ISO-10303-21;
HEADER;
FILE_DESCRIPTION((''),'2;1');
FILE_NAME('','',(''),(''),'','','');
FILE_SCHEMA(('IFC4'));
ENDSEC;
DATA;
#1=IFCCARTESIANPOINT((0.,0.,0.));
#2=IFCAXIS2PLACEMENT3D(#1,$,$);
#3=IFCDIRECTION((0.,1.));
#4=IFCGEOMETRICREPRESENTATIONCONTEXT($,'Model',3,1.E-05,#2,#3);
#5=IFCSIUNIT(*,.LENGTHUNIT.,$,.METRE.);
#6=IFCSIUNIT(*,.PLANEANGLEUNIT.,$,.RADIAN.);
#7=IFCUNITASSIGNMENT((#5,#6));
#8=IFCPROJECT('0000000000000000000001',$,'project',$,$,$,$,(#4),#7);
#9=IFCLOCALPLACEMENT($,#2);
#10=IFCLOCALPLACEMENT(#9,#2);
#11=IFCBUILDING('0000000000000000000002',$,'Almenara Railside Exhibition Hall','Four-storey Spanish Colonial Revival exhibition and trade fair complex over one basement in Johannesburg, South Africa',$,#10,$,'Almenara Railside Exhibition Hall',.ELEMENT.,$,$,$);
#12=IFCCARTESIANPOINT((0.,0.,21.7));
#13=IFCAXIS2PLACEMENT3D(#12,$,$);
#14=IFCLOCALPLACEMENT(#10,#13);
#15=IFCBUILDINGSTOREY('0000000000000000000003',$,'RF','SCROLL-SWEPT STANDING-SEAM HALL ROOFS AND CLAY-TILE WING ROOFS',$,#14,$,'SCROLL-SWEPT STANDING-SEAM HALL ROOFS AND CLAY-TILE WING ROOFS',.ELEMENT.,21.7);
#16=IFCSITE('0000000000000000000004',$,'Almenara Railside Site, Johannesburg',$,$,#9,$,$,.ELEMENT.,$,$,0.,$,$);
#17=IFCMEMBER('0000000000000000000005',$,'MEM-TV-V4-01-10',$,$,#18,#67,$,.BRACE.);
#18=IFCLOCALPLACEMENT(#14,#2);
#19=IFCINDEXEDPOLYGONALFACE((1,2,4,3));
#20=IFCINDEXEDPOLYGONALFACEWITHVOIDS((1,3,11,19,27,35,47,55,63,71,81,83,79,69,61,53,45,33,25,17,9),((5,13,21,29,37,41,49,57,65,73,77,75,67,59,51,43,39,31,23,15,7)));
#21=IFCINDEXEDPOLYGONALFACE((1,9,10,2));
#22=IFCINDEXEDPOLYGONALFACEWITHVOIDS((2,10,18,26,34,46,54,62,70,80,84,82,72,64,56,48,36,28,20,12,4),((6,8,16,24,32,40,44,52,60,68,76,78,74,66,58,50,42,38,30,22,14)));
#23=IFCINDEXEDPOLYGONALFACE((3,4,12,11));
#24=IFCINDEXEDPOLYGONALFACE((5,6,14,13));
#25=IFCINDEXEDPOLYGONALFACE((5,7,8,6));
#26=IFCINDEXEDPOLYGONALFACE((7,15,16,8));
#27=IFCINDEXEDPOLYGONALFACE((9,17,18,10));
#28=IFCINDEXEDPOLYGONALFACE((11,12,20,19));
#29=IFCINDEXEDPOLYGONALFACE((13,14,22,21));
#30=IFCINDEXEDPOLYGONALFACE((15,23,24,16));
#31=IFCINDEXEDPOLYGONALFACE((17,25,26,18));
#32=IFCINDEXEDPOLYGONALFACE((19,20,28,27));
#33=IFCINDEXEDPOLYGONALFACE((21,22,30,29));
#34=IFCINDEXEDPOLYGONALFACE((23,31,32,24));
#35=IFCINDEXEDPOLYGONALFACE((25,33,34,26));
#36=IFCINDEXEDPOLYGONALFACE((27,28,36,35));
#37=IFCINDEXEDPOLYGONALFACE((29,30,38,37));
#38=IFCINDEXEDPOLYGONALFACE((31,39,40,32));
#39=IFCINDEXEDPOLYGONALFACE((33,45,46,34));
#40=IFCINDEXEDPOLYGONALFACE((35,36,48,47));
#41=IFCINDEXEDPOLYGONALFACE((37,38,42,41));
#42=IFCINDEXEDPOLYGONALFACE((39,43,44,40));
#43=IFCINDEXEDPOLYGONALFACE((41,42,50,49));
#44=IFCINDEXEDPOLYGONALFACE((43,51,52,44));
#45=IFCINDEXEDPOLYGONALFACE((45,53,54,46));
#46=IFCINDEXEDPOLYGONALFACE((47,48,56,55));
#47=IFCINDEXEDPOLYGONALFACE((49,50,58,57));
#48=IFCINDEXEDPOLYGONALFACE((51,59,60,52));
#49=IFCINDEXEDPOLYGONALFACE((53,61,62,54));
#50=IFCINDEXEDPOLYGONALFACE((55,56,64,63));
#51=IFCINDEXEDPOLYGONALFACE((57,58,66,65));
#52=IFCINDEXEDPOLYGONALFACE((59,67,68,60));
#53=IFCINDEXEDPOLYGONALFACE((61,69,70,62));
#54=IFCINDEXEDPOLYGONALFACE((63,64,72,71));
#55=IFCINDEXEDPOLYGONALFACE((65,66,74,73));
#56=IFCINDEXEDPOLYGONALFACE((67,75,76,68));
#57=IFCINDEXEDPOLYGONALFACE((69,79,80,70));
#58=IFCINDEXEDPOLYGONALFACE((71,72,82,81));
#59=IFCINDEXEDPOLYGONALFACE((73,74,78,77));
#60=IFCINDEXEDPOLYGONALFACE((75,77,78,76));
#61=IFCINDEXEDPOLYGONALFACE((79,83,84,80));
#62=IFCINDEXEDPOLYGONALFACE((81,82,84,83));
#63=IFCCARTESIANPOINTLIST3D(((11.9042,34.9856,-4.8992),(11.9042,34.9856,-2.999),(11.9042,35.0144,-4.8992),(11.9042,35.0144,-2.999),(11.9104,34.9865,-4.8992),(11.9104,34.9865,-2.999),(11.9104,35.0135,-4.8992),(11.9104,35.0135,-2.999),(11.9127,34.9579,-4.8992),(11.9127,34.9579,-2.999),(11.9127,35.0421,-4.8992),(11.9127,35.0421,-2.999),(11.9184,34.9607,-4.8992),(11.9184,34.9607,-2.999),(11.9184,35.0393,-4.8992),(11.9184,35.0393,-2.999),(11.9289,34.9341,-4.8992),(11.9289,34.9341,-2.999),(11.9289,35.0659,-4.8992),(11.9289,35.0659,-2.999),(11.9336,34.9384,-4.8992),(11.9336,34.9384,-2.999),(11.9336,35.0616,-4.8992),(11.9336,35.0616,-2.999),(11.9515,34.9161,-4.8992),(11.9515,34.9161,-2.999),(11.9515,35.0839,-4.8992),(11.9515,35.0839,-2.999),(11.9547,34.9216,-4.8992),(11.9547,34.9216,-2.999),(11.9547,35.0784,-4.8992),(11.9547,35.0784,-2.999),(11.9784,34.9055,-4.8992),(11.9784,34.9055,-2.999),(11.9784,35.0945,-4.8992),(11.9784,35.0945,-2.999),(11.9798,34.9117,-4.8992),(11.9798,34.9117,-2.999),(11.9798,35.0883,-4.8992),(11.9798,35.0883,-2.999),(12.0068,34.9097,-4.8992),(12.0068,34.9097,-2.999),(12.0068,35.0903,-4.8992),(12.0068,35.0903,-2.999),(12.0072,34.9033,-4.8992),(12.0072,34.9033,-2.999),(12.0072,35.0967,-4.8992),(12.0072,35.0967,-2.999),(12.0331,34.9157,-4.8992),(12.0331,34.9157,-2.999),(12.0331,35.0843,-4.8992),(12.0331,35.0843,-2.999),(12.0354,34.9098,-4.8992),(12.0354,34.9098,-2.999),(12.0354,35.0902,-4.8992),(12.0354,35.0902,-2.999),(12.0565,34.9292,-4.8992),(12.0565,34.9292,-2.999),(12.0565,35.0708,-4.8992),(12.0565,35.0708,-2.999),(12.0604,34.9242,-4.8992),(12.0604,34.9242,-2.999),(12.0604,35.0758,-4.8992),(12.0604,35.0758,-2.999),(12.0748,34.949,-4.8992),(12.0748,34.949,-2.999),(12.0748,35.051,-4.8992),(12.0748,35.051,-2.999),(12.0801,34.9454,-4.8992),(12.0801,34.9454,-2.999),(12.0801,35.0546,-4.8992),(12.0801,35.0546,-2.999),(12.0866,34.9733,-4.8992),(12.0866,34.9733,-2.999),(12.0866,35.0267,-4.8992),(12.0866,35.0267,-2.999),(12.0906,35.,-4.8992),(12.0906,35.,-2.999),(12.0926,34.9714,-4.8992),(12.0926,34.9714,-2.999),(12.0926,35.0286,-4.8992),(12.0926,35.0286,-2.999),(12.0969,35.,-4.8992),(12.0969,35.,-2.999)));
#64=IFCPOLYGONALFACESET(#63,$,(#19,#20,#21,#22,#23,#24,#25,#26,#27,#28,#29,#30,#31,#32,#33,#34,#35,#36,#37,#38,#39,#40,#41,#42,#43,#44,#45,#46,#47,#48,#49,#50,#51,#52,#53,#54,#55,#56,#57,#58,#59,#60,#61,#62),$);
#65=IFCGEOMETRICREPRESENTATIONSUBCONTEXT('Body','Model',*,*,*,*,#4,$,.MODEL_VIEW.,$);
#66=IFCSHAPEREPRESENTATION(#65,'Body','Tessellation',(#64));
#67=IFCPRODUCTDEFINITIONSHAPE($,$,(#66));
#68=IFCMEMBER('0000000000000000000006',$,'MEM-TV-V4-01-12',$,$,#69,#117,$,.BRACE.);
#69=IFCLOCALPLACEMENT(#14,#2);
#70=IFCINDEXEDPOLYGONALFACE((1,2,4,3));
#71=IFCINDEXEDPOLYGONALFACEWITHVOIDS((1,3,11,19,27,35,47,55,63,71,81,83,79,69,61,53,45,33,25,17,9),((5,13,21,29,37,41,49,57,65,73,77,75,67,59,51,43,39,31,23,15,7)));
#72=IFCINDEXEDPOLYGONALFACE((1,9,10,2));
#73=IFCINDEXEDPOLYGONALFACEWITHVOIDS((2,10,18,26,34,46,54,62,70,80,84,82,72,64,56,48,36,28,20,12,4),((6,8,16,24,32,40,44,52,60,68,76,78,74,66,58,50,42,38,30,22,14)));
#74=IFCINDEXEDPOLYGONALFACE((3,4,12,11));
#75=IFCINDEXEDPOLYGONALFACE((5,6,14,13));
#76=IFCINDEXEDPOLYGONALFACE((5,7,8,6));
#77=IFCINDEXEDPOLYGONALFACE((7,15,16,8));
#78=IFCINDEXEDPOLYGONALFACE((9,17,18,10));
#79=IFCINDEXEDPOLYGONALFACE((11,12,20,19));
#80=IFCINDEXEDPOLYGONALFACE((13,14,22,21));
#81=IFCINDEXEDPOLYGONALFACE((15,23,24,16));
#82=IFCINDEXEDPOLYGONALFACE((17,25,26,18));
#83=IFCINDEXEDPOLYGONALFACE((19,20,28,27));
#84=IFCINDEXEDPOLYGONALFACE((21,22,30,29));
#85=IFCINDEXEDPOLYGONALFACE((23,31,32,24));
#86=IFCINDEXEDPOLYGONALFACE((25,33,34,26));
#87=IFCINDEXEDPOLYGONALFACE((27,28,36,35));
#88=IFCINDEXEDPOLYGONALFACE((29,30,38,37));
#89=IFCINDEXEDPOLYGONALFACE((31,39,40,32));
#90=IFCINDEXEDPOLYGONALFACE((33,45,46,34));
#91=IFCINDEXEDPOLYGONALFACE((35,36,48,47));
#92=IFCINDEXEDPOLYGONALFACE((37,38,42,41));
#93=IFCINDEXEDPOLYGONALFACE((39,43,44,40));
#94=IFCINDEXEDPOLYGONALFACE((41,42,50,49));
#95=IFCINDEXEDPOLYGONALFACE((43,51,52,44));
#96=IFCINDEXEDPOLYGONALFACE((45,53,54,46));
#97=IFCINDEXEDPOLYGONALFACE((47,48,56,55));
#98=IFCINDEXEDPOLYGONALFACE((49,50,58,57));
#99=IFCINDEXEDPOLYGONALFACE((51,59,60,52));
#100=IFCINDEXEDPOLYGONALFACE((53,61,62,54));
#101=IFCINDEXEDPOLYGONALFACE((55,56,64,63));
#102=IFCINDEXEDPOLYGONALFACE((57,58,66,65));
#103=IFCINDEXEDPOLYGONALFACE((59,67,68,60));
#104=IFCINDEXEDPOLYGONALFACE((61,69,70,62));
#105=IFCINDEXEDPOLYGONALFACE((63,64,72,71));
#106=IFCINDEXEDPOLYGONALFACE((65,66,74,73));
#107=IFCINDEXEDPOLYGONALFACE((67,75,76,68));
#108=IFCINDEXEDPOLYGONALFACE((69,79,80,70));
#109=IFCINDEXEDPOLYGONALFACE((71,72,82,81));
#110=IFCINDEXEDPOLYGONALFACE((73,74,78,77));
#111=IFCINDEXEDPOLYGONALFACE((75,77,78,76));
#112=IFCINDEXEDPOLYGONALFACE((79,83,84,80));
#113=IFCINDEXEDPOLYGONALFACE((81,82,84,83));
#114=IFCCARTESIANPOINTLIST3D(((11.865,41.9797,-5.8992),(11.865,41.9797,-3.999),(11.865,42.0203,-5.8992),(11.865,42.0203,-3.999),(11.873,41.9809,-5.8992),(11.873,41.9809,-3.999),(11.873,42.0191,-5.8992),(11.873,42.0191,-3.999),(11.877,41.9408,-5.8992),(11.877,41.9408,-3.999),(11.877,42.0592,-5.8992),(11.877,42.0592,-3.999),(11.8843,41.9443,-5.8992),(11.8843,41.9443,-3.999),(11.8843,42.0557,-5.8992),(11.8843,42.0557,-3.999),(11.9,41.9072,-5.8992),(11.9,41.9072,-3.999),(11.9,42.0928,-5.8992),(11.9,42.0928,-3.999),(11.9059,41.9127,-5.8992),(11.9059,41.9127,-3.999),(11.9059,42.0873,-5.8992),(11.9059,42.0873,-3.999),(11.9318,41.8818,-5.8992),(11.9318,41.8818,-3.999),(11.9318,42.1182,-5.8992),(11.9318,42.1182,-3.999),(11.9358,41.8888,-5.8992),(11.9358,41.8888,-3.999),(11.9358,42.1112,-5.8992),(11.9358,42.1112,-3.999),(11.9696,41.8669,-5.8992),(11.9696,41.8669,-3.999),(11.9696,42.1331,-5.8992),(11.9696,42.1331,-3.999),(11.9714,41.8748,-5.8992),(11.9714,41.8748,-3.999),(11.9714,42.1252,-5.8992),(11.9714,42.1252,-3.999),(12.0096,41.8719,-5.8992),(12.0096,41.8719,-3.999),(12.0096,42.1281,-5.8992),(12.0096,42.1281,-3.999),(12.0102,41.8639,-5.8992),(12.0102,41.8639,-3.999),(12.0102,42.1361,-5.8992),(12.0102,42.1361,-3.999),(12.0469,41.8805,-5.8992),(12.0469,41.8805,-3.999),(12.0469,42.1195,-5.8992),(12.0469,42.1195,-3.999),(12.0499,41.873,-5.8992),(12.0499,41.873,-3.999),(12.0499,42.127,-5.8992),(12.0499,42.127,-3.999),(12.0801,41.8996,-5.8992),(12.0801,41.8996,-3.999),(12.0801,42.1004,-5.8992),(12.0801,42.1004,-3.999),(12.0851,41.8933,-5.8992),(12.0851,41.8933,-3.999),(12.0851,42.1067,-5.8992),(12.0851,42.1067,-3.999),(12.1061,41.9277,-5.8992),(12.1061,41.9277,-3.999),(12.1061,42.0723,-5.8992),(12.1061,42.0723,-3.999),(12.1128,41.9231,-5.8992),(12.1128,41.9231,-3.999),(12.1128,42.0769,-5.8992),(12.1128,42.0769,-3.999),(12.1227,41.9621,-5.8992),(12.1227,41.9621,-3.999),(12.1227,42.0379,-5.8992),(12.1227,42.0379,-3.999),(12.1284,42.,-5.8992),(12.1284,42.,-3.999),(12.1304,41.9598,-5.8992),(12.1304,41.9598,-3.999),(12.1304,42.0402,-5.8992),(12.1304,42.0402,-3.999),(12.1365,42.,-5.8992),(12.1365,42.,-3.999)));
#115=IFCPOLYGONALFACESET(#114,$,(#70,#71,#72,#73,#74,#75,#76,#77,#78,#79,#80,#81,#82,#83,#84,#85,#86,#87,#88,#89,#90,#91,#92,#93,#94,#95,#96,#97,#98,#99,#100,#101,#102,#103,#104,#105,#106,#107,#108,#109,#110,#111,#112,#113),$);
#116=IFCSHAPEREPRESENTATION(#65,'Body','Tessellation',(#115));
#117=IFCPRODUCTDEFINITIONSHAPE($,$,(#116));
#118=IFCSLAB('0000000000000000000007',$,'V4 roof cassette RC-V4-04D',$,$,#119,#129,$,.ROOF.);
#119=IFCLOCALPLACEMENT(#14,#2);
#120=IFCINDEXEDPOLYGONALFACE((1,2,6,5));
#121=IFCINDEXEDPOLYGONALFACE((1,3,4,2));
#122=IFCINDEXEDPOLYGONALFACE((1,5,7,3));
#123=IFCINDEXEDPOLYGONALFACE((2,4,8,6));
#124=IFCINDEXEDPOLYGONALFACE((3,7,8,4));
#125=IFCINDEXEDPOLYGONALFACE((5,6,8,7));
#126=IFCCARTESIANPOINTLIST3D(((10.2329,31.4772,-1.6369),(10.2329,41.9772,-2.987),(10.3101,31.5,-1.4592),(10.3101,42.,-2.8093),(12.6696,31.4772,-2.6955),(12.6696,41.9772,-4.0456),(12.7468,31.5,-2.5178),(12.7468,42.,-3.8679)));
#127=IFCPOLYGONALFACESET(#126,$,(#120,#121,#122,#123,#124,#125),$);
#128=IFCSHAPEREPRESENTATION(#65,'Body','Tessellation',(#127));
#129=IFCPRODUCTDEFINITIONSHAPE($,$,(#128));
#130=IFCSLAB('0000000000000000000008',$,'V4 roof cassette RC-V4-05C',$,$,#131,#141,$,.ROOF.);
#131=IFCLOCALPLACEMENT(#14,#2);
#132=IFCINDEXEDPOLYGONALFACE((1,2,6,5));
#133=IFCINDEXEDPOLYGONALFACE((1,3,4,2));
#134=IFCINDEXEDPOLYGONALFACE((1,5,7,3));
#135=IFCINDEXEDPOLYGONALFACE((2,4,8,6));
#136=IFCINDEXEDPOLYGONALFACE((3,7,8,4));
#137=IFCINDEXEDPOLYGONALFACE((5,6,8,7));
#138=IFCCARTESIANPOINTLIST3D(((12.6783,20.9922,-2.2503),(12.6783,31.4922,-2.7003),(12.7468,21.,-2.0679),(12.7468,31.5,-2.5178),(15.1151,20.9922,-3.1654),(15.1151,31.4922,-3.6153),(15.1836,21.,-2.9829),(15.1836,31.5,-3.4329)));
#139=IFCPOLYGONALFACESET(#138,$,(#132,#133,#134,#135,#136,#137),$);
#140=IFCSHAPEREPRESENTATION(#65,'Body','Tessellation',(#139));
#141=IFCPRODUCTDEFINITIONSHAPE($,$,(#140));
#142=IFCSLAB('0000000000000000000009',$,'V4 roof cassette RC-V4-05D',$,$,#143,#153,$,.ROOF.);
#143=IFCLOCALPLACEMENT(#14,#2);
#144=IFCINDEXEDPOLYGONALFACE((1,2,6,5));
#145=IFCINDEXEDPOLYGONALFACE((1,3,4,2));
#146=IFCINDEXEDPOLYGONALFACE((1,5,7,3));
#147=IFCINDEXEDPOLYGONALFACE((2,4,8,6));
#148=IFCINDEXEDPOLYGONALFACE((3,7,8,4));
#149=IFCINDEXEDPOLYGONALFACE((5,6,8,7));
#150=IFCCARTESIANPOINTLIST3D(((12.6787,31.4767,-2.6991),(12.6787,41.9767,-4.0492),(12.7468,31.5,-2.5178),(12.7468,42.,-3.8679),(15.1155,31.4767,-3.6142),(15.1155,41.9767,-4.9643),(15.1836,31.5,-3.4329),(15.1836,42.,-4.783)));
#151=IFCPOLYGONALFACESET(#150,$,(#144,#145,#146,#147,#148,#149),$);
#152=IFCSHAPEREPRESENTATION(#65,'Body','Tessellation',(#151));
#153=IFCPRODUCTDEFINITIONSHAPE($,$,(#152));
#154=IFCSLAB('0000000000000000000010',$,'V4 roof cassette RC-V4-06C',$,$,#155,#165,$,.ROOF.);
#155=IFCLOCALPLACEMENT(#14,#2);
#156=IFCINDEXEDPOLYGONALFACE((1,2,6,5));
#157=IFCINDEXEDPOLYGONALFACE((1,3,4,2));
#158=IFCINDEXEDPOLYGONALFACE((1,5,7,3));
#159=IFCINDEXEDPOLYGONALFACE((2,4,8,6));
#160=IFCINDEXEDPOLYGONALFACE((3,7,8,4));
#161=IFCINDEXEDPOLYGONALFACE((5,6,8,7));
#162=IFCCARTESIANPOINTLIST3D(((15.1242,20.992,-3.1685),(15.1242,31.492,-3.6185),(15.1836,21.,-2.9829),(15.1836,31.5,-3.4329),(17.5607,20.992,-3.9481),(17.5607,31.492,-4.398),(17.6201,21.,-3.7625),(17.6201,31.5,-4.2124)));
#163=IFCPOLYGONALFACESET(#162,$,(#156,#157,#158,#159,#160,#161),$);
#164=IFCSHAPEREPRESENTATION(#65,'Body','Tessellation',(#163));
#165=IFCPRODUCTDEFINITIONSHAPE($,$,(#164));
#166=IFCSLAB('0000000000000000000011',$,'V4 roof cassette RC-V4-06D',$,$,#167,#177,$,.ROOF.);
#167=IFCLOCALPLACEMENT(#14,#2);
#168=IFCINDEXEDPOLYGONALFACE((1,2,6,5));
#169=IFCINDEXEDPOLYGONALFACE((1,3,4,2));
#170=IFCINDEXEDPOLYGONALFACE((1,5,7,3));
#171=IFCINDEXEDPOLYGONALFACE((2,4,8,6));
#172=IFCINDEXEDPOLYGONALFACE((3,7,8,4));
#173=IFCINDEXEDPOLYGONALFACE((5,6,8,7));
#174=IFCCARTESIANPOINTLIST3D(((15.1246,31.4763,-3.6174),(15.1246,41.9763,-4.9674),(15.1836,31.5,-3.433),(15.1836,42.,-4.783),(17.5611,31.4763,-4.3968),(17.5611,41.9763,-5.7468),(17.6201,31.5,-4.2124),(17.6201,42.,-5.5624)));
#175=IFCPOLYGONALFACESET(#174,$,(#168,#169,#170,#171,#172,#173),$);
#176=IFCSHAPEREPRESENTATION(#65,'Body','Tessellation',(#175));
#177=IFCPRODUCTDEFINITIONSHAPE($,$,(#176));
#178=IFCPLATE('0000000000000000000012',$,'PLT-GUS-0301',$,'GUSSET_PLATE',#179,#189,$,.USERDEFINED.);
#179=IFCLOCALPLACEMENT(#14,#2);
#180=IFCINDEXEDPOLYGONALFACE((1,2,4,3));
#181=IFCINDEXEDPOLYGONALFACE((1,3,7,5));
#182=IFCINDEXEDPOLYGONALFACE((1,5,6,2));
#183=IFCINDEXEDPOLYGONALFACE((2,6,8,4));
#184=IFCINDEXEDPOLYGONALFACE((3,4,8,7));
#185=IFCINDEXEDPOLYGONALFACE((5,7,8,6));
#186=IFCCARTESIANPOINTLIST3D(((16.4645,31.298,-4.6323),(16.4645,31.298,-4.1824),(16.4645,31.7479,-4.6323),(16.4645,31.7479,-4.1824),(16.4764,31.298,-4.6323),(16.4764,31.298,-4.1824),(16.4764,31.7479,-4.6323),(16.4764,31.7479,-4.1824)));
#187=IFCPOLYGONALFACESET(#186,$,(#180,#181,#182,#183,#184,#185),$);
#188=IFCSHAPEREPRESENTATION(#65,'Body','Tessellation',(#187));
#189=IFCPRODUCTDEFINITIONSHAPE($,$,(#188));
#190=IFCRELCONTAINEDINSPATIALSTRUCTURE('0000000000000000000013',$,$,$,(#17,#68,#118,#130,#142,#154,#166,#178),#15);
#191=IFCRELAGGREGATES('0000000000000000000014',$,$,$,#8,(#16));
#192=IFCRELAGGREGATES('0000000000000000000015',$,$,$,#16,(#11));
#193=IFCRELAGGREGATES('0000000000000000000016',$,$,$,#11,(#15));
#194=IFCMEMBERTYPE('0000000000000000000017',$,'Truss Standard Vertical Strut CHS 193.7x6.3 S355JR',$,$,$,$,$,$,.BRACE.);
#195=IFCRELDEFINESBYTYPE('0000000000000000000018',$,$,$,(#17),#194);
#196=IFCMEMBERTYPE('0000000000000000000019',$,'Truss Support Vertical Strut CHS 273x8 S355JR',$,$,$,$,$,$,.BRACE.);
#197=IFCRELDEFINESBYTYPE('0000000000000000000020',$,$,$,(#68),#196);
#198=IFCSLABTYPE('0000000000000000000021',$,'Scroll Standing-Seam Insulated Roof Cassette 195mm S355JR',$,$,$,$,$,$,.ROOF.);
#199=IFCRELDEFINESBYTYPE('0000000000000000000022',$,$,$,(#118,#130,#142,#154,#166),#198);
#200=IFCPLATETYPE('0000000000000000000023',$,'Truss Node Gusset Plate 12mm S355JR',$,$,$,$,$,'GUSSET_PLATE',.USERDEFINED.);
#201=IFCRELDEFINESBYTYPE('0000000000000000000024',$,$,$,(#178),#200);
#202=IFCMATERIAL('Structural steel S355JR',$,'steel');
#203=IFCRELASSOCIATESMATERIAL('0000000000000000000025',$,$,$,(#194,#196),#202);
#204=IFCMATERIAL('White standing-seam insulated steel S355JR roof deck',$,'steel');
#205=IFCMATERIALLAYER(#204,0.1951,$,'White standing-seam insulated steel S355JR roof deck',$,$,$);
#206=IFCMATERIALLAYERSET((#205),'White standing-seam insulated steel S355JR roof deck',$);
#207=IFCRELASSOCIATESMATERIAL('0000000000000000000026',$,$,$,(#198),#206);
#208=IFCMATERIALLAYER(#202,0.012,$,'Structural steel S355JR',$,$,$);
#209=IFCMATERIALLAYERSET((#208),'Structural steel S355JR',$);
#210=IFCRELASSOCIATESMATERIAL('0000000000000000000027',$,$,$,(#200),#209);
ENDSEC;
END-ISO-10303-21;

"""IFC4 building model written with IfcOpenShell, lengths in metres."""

from ifc_helpers import new_model, si_unit, direction, frame, origin, origin_2d, place, context, subcontext, project, spatial, polyline, rectangle, hollow_circle, outline, extrude, material, layer, layer_set, material_profile, profile_set, type_object, element, save


model = new_model("IFC4")

# Units and contexts
model_context = context("Model", 3, precision=1e-05, world=origin(), true_north=direction((0.0, 1.0)))
body_context = subcontext(model_context, "Body", "Model", "MODEL_VIEW")
ifc_project = project(units=[si_unit("LENGTHUNIT", "METRE"), si_unit("PLANEANGLEUNIT", "RADIAN")], contexts=[model_context])

# Site, building, storey
site_placement = place(None, origin())
site = spatial("IfcSite", under=ifc_project, at=site_placement, Name="Almenara Railside Site, Johannesburg", CompositionType="ELEMENT", RefElevation=0.0)
building_placement = place(site_placement, origin())
building = spatial("IfcBuilding", under=site, at=building_placement, Name="Almenara Railside Exhibition Hall", Description="Four-storey Spanish Colonial Revival exhibition and trade fair complex over one basement in Johannesburg, South Africa", LongName="Almenara Railside Exhibition Hall", CompositionType="ELEMENT")
storey_placement = place(building_placement, frame((0.0, 0.0, 21.7)))
storey = spatial("IfcBuildingStorey", under=building, at=storey_placement, Name="RF", Description="SCROLL-SWEPT STANDING-SEAM HALL ROOFS AND CLAY-TILE WING ROOFS", LongName="SCROLL-SWEPT STANDING-SEAM HALL ROOFS AND CLAY-TILE WING ROOFS", CompositionType="ELEMENT", Elevation=21.7)

# Shared definitions
ifc_material_1 = material(Name="Structural steel S355JR", Category="steel")

# Members
ifc_material_profile_1 = material_profile(ifc_material_1, hollow_circle(Radius=0.0969, WallThickness=0.0063, at=origin_2d()), Name="CHS 193.7x6.3")
ifc_profile_set_1 = profile_set([ifc_material_profile_1], Name="Structural steel S355JR")
member_type_1 = type_object("IfcMemberType", Name="Truss Standard Vertical Strut CHS 193.7x6.3 S355JR", PredefinedType="BRACE", material=ifc_profile_set_1)
member_1_placement = place(storey_placement, frame((12.0, 35.0, -4.8992), z_axis=(0.0, 0.0, 1.0), x_axis=(1.0, 0.0, 0.0)))
element("IfcMember", 1, at=member_1_placement, inside=storey, type_object=member_type_1, Name="MEM-TV-V4-01-10", PredefinedType="BRACE", context=body_context, shape_type="SweptSolid", body=[
    extrude(hollow_circle(Radius=0.0969, WallThickness=0.0063, at=origin_2d()), origin(), (0.0, 0.0, 1.0), 1.9001),
])
ifc_material_profile_2 = material_profile(ifc_material_1, hollow_circle(Radius=0.1365, WallThickness=0.0081, at=origin_2d()), Name="CHS 273x8")
ifc_profile_set_2 = profile_set([ifc_material_profile_2], Name="Structural steel S355JR")
member_type_2 = type_object("IfcMemberType", Name="Truss Support Vertical Strut CHS 273x8 S355JR", PredefinedType="BRACE", material=ifc_profile_set_2)
member_2_placement = place(storey_placement, frame((12.0, 42.0, -5.8992), z_axis=(0.0, 0.0, 1.0), x_axis=(1.0, 0.0, 0.0)))
element("IfcMember", 2, at=member_2_placement, inside=storey, type_object=member_type_2, Name="MEM-TV-V4-01-12", PredefinedType="BRACE", context=body_context, shape_type="SweptSolid", body=[
    extrude(hollow_circle(Radius=0.1365, WallThickness=0.0081, at=origin_2d()), origin(), (0.0, 0.0, 1.0), 1.9001),
])

# Slabs
ifc_material_2 = material(Name="White standing-seam insulated steel S355JR roof deck", Category="steel")
ifc_layer_1 = layer(ifc_material_2, 0.1951, Name="White standing-seam insulated steel S355JR roof deck")
ifc_layer_set_1 = layer_set([ifc_layer_1], Name="White standing-seam insulated steel S355JR roof deck")
slab_type = type_object("IfcSlabType", Name="Scroll Standing-Seam Insulated Roof Cassette 195mm S355JR", PredefinedType="ROOF", material=ifc_layer_set_1)
slab_1_placement = place(storey_placement, frame((10.3101, 42.0, -2.8093), z_axis=(0.395708, 0.117121, 0.910877), x_axis=(0.91719, 0.0, -0.398451)))
element("IfcSlab", 3, at=slab_1_placement, inside=storey, type_object=slab_type, Name="V4 roof cassette RC-V4-04D", PredefinedType="ROOF", context=body_context, shape_type="SweptSolid", body=[
    extrude(outline(polyline([(0.0, 0.0), (2.6568, 0.0), (2.1188, -10.5728), (-0.5379, -10.5728), (0.0, 0.0)])), origin(), (0.0, 0.0, -1.0), 0.1951),
])
slab_2_placement = place(storey_placement, frame((12.7468, 31.5, -2.5178), z_axis=(0.351262, 0.040085, 0.935419), x_axis=(0.936171, 0.0, -0.351545)))
element("IfcSlab", 4, at=slab_2_placement, inside=storey, type_object=slab_type, Name="V4 roof cassette RC-V4-05C", PredefinedType="ROOF", context=body_context, shape_type="SweptSolid", body=[
    extrude(outline(polyline([(0.0, 0.0), (2.6029, 0.0), (2.4447, -10.5084), (-0.1582, -10.5084), (0.0, 0.0)])), origin(), (0.0, 0.0, -1.0), 0.1951),
])
slab_3_placement = place(storey_placement, frame((12.7468, 42.0, -3.8679), z_axis=(0.349025, 0.119511, 0.929461), x_axis=(0.936171, 0.0, -0.351545)))
element("IfcSlab", 5, at=slab_3_placement, inside=storey, type_object=slab_type, Name="V4 roof cassette RC-V4-05D", PredefinedType="ROOF", context=body_context, shape_type="SweptSolid", body=[
    extrude(outline(polyline([(0.0, 0.0), (2.6029, 0.0), (2.1283, -10.5758), (-0.4746, -10.5758), (0.0, 0.0)])), origin(), (0.0, 0.0, -1.0), 0.1951),
])
slab_4_placement = place(storey_placement, frame((15.1836, 31.5, -3.4329), z_axis=(0.30447, 0.040781, 0.951648), x_axis=(0.952441, 0.0, -0.304724)))
element("IfcSlab", 6, at=slab_4_placement, inside=storey, type_object=slab_type, Name="V4 roof cassette RC-V4-06C", PredefinedType="ROOF", context=body_context, shape_type="SweptSolid", body=[
    extrude(outline(polyline([(0.0, 0.0), (2.5582, 0.0), (2.4211, -10.5087), (-0.1371, -10.5087), (0.0, 0.0)])), origin(), (0.0, 0.0, -1.0), 0.1951),
])
slab_5_placement = place(storey_placement, frame((15.1836, 42.0, -4.783), z_axis=(0.302421, 0.121548, 0.945393), x_axis=(0.952455, -0.000005, -0.30468)))
element("IfcSlab", 7, at=slab_5_placement, inside=storey, type_object=slab_type, Name="V4 roof cassette RC-V4-06D", PredefinedType="ROOF", context=body_context, shape_type="SweptSolid", body=[
    extrude(outline(polyline([(0.0, 0.0), (2.5581, 0.0), (2.1469, -10.5784), (-0.4113, -10.5784), (0.0, 0.0)])), origin(), (0.0, 0.0, -1.0), 0.1951),
])

# Plate
ifc_layer_2 = layer(ifc_material_1, 0.012, Name="Structural steel S355JR")
ifc_layer_set_2 = layer_set([ifc_layer_2], Name="Structural steel S355JR")
plate_type_1 = type_object("IfcPlateType", Name="Truss Node Gusset Plate 12mm S355JR", ElementType="GUSSET_PLATE", PredefinedType="USERDEFINED", material=ifc_layer_set_2)
for number, where, z_axis, x_axis, name in (
    (8, (16.4705, 31.5229, -4.6323), (0.0, 0.0, 1.0), (0.0, 1.0, 0.0), "PLT-GUS-0301"),
):
    element("IfcPlate", number, at=place(storey_placement, frame(where, z_axis=z_axis, x_axis=x_axis)), inside=storey, type_object=plate_type_1, Name=name, ObjectType="GUSSET_PLATE", PredefinedType="USERDEFINED", context=body_context, shape_type="SweptSolid", body=[
        extrude(rectangle(XDim=0.45, YDim=0.012, at=origin_2d()), origin(), (0.0, 0.0, 1.0), 0.45),
    ])

save(model, "model.ifc")
